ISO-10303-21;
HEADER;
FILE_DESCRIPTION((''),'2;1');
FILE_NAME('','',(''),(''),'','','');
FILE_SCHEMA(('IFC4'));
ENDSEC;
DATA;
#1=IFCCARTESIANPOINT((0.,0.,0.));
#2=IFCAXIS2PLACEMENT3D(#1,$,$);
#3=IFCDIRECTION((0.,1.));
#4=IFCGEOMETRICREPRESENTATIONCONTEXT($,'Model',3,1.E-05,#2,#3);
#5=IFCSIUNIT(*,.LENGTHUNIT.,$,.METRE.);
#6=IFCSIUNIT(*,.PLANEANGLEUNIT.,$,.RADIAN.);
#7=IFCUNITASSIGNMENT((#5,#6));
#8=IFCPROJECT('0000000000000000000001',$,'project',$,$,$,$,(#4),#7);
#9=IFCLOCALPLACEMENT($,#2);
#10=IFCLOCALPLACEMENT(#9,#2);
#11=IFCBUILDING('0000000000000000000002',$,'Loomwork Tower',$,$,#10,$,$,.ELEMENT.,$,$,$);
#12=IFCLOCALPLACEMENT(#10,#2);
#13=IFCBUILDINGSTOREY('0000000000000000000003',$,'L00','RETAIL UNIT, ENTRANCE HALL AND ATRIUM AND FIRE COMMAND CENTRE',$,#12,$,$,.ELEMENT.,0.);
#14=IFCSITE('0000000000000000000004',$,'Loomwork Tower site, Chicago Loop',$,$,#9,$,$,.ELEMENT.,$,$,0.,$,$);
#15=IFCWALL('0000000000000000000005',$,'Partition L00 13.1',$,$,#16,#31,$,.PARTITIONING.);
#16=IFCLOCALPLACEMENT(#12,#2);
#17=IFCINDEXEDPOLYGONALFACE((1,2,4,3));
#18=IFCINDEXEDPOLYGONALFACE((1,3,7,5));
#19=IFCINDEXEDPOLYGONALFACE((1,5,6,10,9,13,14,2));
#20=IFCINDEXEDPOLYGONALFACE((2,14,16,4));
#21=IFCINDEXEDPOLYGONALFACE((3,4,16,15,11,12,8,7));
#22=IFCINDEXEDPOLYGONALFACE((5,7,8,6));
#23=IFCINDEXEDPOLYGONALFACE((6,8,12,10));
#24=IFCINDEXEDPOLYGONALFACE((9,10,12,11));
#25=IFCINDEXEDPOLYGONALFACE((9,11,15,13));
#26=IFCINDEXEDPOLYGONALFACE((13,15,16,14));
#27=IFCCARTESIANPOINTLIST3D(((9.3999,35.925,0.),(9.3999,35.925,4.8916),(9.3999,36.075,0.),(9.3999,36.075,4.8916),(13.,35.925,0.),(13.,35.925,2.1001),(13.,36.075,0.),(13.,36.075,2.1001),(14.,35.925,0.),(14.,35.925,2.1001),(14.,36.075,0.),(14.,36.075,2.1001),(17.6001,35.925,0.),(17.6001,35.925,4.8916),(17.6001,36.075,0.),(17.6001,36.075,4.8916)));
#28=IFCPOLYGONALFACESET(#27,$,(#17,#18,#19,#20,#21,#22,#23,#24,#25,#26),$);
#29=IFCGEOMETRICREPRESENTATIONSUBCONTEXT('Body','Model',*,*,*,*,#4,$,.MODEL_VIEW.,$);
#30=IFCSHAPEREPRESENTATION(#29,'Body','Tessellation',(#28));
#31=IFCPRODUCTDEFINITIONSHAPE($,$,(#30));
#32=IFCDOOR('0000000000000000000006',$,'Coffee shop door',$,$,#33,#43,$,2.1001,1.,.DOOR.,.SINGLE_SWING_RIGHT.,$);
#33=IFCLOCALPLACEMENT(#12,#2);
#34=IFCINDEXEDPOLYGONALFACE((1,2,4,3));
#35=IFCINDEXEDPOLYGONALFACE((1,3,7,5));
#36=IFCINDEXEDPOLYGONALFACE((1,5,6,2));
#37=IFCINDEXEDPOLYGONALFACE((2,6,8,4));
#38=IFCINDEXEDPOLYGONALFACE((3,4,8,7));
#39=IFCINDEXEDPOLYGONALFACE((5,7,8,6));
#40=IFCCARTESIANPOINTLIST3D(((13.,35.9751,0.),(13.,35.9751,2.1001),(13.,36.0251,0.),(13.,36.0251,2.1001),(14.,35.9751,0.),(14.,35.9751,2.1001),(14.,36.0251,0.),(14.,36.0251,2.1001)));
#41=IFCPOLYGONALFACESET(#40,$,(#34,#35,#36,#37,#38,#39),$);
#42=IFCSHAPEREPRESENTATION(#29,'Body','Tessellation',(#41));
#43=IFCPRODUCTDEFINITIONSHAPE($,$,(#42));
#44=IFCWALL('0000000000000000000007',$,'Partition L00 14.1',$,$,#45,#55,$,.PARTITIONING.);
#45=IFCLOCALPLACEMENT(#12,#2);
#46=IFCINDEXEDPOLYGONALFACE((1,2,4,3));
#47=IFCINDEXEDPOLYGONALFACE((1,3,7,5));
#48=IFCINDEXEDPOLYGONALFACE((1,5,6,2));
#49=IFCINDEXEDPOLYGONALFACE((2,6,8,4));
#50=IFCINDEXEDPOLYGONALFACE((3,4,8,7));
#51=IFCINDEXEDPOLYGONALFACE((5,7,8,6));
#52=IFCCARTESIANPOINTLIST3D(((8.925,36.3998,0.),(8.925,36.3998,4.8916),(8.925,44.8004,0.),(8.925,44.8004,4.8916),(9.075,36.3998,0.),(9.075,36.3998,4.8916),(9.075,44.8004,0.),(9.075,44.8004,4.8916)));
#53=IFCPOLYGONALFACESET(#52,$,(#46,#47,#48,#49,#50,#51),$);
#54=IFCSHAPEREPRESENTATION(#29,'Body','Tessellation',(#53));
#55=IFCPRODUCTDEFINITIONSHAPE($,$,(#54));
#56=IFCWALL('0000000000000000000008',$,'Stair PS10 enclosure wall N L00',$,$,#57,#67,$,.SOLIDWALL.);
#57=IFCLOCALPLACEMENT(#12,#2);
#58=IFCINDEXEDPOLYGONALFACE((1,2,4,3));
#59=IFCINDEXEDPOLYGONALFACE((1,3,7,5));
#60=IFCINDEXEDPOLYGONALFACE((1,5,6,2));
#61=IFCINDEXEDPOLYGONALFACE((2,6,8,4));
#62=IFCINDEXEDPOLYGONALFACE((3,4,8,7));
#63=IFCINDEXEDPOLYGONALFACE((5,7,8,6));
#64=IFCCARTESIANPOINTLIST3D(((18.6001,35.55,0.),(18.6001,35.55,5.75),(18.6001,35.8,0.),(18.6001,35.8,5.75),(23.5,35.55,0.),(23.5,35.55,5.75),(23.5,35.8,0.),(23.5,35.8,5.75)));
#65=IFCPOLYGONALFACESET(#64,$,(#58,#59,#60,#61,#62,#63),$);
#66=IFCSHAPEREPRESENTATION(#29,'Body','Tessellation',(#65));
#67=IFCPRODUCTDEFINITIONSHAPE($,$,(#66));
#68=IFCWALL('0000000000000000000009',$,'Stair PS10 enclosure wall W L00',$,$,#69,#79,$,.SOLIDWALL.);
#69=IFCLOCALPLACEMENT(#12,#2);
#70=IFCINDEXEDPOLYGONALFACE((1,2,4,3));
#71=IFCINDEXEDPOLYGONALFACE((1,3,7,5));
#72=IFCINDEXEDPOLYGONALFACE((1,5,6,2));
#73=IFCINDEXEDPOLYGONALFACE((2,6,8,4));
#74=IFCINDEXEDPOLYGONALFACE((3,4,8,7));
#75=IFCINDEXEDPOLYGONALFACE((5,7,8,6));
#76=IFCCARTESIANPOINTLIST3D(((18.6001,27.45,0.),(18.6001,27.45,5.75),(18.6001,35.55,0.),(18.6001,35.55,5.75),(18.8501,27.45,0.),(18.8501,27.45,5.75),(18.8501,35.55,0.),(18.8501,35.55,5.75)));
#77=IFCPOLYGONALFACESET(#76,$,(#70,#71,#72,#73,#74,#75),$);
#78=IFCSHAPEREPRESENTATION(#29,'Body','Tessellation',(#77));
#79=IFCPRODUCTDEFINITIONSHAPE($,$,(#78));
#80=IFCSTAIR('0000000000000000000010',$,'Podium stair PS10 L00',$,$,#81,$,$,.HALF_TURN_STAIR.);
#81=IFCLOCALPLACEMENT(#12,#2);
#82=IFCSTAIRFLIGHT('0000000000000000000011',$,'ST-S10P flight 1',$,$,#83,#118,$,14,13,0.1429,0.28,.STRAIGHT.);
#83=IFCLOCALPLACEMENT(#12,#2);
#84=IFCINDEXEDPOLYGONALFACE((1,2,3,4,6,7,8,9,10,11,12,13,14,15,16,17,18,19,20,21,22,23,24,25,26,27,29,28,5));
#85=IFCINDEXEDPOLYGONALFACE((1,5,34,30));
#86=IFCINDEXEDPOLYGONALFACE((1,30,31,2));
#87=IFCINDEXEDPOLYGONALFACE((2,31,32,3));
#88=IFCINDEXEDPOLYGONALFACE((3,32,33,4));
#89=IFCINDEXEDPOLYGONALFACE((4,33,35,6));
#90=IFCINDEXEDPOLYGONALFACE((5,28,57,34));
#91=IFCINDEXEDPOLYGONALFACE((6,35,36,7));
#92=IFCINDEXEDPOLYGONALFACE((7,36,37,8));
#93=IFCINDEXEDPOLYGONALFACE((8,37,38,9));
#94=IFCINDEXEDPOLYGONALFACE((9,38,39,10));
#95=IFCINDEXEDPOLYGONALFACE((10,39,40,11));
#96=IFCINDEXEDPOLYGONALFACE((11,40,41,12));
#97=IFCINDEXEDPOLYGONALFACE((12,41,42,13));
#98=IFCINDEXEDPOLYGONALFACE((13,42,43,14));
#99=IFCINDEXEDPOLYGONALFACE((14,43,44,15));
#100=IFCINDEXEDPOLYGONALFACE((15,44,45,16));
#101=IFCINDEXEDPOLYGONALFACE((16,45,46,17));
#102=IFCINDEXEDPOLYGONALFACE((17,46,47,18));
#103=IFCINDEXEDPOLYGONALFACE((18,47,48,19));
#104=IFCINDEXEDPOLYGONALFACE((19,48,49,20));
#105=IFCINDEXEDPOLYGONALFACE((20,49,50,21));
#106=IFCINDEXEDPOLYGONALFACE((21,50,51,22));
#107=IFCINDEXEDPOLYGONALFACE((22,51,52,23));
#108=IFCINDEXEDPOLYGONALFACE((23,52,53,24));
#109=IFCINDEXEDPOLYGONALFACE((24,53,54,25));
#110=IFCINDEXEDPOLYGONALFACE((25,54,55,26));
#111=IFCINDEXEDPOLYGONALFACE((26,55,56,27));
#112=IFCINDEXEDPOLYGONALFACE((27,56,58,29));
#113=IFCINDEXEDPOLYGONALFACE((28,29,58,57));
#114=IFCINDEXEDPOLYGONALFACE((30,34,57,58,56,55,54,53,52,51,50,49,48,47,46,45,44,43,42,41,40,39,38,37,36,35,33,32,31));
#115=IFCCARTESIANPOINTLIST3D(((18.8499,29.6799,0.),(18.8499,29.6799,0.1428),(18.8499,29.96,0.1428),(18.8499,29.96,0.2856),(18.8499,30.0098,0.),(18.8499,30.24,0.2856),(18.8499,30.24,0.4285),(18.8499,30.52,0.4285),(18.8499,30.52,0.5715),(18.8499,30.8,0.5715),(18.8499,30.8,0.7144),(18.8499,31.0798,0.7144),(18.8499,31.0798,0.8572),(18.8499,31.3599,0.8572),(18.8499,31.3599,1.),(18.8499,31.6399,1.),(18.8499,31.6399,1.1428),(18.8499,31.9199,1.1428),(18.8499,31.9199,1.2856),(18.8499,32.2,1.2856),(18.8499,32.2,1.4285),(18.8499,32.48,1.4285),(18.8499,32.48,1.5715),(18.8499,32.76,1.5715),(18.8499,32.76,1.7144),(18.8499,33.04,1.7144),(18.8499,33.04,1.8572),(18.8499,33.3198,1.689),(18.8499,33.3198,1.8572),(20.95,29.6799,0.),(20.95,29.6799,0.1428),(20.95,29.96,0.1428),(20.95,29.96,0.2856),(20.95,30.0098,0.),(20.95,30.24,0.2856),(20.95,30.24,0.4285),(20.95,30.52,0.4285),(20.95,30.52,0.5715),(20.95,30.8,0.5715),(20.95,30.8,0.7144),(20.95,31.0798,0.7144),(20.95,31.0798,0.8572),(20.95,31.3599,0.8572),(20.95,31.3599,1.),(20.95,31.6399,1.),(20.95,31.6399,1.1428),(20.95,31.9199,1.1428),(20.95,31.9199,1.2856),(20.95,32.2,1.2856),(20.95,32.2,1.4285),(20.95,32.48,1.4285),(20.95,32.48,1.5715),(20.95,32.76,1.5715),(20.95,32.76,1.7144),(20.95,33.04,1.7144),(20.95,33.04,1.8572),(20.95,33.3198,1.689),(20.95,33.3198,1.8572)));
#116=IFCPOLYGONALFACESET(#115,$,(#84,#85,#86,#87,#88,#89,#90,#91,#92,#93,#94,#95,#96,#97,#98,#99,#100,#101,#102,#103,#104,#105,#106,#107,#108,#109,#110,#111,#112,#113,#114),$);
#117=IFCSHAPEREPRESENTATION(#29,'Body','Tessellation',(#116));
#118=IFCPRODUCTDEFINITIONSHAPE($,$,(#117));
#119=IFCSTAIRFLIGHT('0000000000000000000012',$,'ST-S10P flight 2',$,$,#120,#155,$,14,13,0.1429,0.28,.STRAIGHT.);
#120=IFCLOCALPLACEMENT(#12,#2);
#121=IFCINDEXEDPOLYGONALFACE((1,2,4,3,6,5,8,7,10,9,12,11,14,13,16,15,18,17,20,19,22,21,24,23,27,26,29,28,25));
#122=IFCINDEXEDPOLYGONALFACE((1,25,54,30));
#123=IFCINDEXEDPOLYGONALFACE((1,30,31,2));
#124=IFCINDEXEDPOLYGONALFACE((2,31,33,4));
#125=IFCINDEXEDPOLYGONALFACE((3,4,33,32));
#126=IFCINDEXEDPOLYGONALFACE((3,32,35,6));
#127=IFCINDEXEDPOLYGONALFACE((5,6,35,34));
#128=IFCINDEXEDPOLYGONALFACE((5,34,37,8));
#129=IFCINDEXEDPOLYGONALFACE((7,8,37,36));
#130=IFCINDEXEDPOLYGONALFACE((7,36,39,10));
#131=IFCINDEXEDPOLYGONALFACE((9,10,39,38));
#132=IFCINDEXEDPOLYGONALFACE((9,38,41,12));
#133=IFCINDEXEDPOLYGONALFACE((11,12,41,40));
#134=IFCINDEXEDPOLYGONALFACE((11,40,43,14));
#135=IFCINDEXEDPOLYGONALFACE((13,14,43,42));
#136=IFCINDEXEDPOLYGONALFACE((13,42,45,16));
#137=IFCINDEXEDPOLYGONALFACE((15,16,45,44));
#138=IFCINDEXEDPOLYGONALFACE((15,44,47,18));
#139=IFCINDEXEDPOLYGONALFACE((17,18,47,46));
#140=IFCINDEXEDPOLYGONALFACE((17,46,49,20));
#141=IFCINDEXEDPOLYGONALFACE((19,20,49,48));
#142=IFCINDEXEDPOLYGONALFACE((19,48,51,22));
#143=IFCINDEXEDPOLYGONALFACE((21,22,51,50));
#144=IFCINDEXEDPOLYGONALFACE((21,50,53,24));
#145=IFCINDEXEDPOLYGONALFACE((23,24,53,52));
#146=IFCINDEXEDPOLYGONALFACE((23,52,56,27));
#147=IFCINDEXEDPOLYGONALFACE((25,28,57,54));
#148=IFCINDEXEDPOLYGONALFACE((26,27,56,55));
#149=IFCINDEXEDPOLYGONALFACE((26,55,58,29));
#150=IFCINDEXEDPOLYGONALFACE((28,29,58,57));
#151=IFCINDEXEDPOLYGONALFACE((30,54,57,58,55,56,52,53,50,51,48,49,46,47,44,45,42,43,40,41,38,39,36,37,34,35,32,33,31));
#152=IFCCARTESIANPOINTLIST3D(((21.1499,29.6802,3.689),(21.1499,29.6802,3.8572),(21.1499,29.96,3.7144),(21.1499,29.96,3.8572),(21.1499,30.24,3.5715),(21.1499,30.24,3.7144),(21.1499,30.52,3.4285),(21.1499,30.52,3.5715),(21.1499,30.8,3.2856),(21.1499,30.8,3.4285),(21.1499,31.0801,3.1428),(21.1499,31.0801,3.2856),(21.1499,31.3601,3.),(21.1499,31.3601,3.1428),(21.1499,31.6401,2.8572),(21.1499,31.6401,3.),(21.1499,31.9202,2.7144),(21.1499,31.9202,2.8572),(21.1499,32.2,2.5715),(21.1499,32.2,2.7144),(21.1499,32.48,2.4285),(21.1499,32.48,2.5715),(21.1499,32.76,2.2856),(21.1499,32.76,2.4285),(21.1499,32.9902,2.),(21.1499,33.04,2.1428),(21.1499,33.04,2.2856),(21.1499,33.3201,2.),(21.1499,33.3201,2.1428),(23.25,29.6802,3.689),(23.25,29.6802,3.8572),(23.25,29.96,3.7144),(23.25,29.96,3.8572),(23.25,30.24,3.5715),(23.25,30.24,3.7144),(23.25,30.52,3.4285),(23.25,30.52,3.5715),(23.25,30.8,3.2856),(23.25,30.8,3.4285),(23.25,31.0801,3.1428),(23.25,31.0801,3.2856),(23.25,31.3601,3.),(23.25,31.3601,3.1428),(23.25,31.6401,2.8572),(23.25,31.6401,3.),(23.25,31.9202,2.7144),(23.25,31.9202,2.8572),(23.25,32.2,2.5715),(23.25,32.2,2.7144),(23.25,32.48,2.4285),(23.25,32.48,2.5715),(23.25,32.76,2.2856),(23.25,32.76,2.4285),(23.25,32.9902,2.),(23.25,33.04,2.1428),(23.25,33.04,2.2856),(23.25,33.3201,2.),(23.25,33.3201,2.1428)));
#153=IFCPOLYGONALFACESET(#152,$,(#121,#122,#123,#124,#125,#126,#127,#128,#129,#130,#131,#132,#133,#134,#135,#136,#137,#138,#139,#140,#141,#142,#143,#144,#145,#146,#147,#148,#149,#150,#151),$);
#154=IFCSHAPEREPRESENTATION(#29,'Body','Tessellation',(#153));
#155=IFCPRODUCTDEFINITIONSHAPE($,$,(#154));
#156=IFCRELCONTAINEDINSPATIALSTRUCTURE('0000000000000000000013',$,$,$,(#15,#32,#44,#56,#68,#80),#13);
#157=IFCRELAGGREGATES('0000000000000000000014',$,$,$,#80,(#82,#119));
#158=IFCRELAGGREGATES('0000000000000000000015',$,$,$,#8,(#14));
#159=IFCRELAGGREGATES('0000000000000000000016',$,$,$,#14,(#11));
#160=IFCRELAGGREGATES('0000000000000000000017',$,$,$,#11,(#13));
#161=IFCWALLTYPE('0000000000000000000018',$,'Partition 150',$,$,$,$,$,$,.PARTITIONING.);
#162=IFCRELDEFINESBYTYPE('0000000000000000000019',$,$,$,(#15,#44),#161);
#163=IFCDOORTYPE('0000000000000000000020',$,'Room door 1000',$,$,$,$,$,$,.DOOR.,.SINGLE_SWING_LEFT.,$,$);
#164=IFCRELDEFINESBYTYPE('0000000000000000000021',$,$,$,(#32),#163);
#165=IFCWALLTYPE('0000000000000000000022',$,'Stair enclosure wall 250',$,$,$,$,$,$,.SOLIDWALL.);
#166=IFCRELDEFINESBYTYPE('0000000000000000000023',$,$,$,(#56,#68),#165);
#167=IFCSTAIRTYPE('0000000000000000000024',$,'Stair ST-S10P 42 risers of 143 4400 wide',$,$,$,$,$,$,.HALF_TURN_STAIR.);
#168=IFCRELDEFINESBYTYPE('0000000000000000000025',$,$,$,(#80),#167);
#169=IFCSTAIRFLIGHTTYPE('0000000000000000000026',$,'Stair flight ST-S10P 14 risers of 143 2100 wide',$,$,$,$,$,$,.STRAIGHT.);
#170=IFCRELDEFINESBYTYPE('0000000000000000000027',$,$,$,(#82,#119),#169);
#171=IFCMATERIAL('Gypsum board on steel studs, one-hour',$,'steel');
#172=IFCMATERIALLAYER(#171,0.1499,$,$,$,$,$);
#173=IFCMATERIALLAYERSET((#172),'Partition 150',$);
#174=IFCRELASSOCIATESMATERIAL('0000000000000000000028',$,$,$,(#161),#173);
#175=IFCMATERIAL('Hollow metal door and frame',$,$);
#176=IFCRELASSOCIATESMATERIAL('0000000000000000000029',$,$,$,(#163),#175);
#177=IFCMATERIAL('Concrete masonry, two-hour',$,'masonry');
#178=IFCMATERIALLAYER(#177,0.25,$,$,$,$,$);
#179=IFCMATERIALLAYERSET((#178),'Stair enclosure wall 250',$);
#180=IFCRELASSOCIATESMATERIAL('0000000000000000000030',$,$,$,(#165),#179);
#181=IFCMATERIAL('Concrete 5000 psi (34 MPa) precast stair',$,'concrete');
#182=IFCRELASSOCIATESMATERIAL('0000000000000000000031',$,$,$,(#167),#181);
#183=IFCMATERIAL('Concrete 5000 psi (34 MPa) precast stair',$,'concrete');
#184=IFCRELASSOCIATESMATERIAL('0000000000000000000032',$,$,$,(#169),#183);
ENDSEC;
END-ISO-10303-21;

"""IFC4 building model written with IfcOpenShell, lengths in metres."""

from ifc_helpers import new_model, si_unit, direction, frame, frame_2d, origin, place, context, subcontext, project, spatial, polyline, rectangle, outline, extrude, material, layer, layer_set, type_object, element, fill, aggregate, save


model = new_model("IFC4")

# Units and contexts
model_context = context("Model", 3, precision=1e-05, world=origin(), true_north=direction((0.0, 1.0)))
body_context = subcontext(model_context, "Body", "Model", "MODEL_VIEW")
ifc_project = project(units=[si_unit("LENGTHUNIT", "METRE"), si_unit("PLANEANGLEUNIT", "RADIAN")], contexts=[model_context])

# Site, building, storey
site_placement = place(None, origin())
site = spatial("IfcSite", under=ifc_project, at=site_placement, Name="Loomwork Tower site, Chicago Loop", CompositionType="ELEMENT", RefElevation=0.0)
building_placement = place(site_placement, origin())
building = spatial("IfcBuilding", under=site, at=building_placement, Name="Loomwork Tower", CompositionType="ELEMENT")
storey_placement = place(building_placement, origin())
storey = spatial("IfcBuildingStorey", under=building, at=storey_placement, Name="L00", Description="RETAIL UNIT, ENTRANCE HALL AND ATRIUM AND FIRE COMMAND CENTRE", CompositionType="ELEMENT", Elevation=0.0)

# Wall, opening, door
ifc_material_1 = material(Name="Gypsum board on steel studs, one-hour", Category="steel")
ifc_layer_1 = layer(ifc_material_1, 0.1499)
ifc_layer_set_1 = layer_set([ifc_layer_1], Name="Partition 150")
wall_type_1 = type_object("IfcWallType", Name="Partition 150", PredefinedType="PARTITIONING", material=ifc_layer_set_1)
ifc_material_2 = material(Name="Hollow metal door and frame")
door_type = type_object("IfcDoorType", Name="Room door 1000", OperationType="SINGLE_SWING_LEFT", PredefinedType="DOOR", material=ifc_material_2)
wall_1_placement = place(storey_placement, frame((17.6001, 36.0, 0.0), z_axis=(0.0, 0.0, 1.0), x_axis=(-1.0, 0.0, 0.0)))
wall_1 = element("IfcWall", 1, at=wall_1_placement, inside=storey, type_object=wall_type_1, Name="Partition L00 13.1", PredefinedType="PARTITIONING", context=body_context, shape_type="SweptSolid", body=[
    extrude(rectangle(XDim=8.2002, YDim=0.1499, at=frame_2d((4.1001, 0.0))), origin(), (0.0, 0.0, 1.0), 4.8916),
])
opening_1_placement = place(wall_1_placement, frame((3.6001, 0.0, 0.0)))
opening_1 = element("IfcOpeningElement", 2, at=opening_1_placement, cuts=wall_1, PredefinedType="OPENING", context=body_context, shape_type="SweptSolid", body=[
    extrude(rectangle(XDim=1.0, YDim=2.1001, at=frame_2d((0.5, 1.05))), frame((0.0, 0.085, 0.0), z_axis=(0.0, -1.0, 0.0), x_axis=(1.0, 0.0, 0.0)), (0.0, 0.0, 1.0), 0.1699),
])
door_1_placement = place(opening_1_placement, origin())
door_1 = element("IfcDoor", 3, at=door_1_placement, inside=storey, type_object=door_type, Name="Coffee shop door", OperationType="SINGLE_SWING_RIGHT", OverallHeight=2.1001, OverallWidth=1.0, PredefinedType="DOOR", context=body_context, shape_type="SweptSolid", body=[
    extrude(rectangle(XDim=1.0, YDim=2.1001, at=frame_2d((0.5, 1.05))), frame((0.0, 0.0249, 0.0), z_axis=(0.0, -1.0, 0.0), x_axis=(1.0, 0.0, 0.0)), (0.0, 0.0, 1.0), 0.05),
])
fill(opening_1, door_1)

# Walls
wall_2_placement = place(storey_placement, frame((9.0, 36.3999, 0.0), z_axis=(0.0, 0.0, 1.0), x_axis=(0.0, 1.0, 0.0)))
element("IfcWall", 4, at=wall_2_placement, inside=storey, type_object=wall_type_1, Name="Partition L00 14.1", PredefinedType="PARTITIONING", context=body_context, shape_type="SweptSolid", body=[
    extrude(rectangle(XDim=8.4006, YDim=0.1499, at=frame_2d((4.2002, 0.0))), origin(), (0.0, 0.0, 1.0), 4.8916),
])
ifc_material_3 = material(Name="Concrete masonry, two-hour", Category="masonry")
ifc_layer_2 = layer(ifc_material_3, 0.25)
ifc_layer_set_2 = layer_set([ifc_layer_2], Name="Stair enclosure wall 250")
wall_type_2 = type_object("IfcWallType", Name="Stair enclosure wall 250", PredefinedType="SOLIDWALL", material=ifc_layer_set_2)
wall_3_placement = place(storey_placement, frame((18.6001, 35.675, 0.0), z_axis=(0.0, 0.0, 1.0), x_axis=(1.0, 0.0, 0.0)))
element("IfcWall", 5, at=wall_3_placement, inside=storey, type_object=wall_type_2, Name="Stair PS10 enclosure wall N L00", PredefinedType="SOLIDWALL", context=body_context, shape_type="SweptSolid", body=[
    extrude(rectangle(XDim=4.8999, YDim=0.25, at=frame_2d((2.45, 0.0))), origin(), (0.0, 0.0, 1.0), 5.75),
])
wall_4_placement = place(storey_placement, frame((18.7251, 27.45, 0.0), z_axis=(0.0, 0.0, 1.0), x_axis=(0.0, 1.0, 0.0)))
element("IfcWall", 6, at=wall_4_placement, inside=storey, type_object=wall_type_2, Name="Stair PS10 enclosure wall W L00", PredefinedType="SOLIDWALL", context=body_context, shape_type="SweptSolid", body=[
    extrude(rectangle(XDim=8.1001, YDim=0.25, at=frame_2d((4.05, 0.0))), origin(), (0.0, 0.0, 1.0), 5.75),
])

# Stair, stair flights
ifc_material_4 = material(Name="Concrete 5000 psi (34 MPa) precast stair", Category="concrete")
stair_type = type_object("IfcStairType", Name="Stair ST-S10P 42 risers of 143 4400 wide", PredefinedType="HALF_TURN_STAIR", material=ifc_material_4)
stair_placement = place(storey_placement, origin())
stair = element("IfcStair", 7, at=stair_placement, inside=storey, type_object=stair_type, Name="Podium stair PS10 L00", PredefinedType="HALF_TURN_STAIR")
ifc_material_5 = material(Name="Concrete 5000 psi (34 MPa) precast stair", Category="concrete")
stair_flight_type = type_object("IfcStairFlightType", Name="Stair flight ST-S10P 14 risers of 143 2100 wide", PredefinedType="STRAIGHT", material=ifc_material_5)
stair_flight_1_placement = place(storey_placement, frame((19.8999, 29.6799, 0.0), z_axis=(0.0, 0.0, 1.0), x_axis=(0.0, 1.0, 0.0)))
stair_flight_1 = element("IfcStairFlight", 8, at=stair_flight_1_placement, type_object=stair_flight_type, Name="ST-S10P flight 1", NumberOfRisers=14, NumberOfTreads=13, PredefinedType="STRAIGHT", RiserHeight=0.1429, TreadLength=0.28, context=body_context, shape_type="SweptSolid", body=[
    extrude(outline(polyline([(0.0, 0.0), (0.0, 0.1428), (0.28, 0.1428), (0.28, 0.2856), (0.5601, 0.2856), (0.5601, 0.4285), (0.8401, 0.4285), (0.8401, 0.5715), (1.1201, 0.5715), (1.1201, 0.7144), (1.3999, 0.7144), (1.3999, 0.8572), (1.6799, 0.8572), (1.6799, 1.0), (1.96, 1.0), (1.96, 1.1428), (2.24, 1.1428), (2.24, 1.2856), (2.52, 1.2856), (2.52, 1.4285), (2.8, 1.4285), (2.8, 1.5715), (3.0801, 1.5715), (3.0801, 1.7144), (3.3601, 1.7144), (3.3601, 1.8572), (3.6399, 1.8572), (3.6399, 2.0), (3.6399, 1.689), (0.3298, 0.0), (0.0, 0.0)])), frame((0.0, 1.05, 0.0), z_axis=(0.0, -1.0, 0.0), x_axis=(1.0, 0.0, 0.0)), (0.0, 0.0, 1.0), 2.1001),
])
stair_flight_2_placement = place(storey_placement, frame((22.2, 33.3201, 2.0), z_axis=(0.0, 0.0, 1.0), x_axis=(0.0, -1.0, 0.0)))
stair_flight_2 = element("IfcStairFlight", 9, at=stair_flight_2_placement, type_object=stair_flight_type, Name="ST-S10P flight 2", NumberOfRisers=14, NumberOfTreads=13, PredefinedType="STRAIGHT", RiserHeight=0.1429, TreadLength=0.28, context=body_context, shape_type="SweptSolid", body=[
    extrude(outline(polyline([(0.0, 0.0), (0.0, 0.1428), (0.28, 0.1428), (0.28, 0.2856), (0.5601, 0.2856), (0.5601, 0.4285), (0.8401, 0.4285), (0.8401, 0.5715), (1.1201, 0.5715), (1.1201, 0.7144), (1.3999, 0.7144), (1.3999, 0.8572), (1.6799, 0.8572), (1.6799, 1.0), (1.96, 1.0), (1.96, 1.1428), (2.24, 1.1428), (2.24, 1.2856), (2.52, 1.2856), (2.52, 1.4285), (2.8, 1.4285), (2.8, 1.5715), (3.0801, 1.5715), (3.0801, 1.7144), (3.3601, 1.7144), (3.3601, 1.8572), (3.6399, 1.8572), (3.6399, 2.0), (3.6399, 1.689), (0.3298, 0.0), (0.0, 0.0)])), frame((0.0, 1.05, 0.0), z_axis=(0.0, -1.0, 0.0), x_axis=(1.0, 0.0, 0.0)), (0.0, 0.0, 1.0), 2.1001),
])
aggregate(stair, [stair_flight_1, stair_flight_2])

save(model, "model.ifc")
